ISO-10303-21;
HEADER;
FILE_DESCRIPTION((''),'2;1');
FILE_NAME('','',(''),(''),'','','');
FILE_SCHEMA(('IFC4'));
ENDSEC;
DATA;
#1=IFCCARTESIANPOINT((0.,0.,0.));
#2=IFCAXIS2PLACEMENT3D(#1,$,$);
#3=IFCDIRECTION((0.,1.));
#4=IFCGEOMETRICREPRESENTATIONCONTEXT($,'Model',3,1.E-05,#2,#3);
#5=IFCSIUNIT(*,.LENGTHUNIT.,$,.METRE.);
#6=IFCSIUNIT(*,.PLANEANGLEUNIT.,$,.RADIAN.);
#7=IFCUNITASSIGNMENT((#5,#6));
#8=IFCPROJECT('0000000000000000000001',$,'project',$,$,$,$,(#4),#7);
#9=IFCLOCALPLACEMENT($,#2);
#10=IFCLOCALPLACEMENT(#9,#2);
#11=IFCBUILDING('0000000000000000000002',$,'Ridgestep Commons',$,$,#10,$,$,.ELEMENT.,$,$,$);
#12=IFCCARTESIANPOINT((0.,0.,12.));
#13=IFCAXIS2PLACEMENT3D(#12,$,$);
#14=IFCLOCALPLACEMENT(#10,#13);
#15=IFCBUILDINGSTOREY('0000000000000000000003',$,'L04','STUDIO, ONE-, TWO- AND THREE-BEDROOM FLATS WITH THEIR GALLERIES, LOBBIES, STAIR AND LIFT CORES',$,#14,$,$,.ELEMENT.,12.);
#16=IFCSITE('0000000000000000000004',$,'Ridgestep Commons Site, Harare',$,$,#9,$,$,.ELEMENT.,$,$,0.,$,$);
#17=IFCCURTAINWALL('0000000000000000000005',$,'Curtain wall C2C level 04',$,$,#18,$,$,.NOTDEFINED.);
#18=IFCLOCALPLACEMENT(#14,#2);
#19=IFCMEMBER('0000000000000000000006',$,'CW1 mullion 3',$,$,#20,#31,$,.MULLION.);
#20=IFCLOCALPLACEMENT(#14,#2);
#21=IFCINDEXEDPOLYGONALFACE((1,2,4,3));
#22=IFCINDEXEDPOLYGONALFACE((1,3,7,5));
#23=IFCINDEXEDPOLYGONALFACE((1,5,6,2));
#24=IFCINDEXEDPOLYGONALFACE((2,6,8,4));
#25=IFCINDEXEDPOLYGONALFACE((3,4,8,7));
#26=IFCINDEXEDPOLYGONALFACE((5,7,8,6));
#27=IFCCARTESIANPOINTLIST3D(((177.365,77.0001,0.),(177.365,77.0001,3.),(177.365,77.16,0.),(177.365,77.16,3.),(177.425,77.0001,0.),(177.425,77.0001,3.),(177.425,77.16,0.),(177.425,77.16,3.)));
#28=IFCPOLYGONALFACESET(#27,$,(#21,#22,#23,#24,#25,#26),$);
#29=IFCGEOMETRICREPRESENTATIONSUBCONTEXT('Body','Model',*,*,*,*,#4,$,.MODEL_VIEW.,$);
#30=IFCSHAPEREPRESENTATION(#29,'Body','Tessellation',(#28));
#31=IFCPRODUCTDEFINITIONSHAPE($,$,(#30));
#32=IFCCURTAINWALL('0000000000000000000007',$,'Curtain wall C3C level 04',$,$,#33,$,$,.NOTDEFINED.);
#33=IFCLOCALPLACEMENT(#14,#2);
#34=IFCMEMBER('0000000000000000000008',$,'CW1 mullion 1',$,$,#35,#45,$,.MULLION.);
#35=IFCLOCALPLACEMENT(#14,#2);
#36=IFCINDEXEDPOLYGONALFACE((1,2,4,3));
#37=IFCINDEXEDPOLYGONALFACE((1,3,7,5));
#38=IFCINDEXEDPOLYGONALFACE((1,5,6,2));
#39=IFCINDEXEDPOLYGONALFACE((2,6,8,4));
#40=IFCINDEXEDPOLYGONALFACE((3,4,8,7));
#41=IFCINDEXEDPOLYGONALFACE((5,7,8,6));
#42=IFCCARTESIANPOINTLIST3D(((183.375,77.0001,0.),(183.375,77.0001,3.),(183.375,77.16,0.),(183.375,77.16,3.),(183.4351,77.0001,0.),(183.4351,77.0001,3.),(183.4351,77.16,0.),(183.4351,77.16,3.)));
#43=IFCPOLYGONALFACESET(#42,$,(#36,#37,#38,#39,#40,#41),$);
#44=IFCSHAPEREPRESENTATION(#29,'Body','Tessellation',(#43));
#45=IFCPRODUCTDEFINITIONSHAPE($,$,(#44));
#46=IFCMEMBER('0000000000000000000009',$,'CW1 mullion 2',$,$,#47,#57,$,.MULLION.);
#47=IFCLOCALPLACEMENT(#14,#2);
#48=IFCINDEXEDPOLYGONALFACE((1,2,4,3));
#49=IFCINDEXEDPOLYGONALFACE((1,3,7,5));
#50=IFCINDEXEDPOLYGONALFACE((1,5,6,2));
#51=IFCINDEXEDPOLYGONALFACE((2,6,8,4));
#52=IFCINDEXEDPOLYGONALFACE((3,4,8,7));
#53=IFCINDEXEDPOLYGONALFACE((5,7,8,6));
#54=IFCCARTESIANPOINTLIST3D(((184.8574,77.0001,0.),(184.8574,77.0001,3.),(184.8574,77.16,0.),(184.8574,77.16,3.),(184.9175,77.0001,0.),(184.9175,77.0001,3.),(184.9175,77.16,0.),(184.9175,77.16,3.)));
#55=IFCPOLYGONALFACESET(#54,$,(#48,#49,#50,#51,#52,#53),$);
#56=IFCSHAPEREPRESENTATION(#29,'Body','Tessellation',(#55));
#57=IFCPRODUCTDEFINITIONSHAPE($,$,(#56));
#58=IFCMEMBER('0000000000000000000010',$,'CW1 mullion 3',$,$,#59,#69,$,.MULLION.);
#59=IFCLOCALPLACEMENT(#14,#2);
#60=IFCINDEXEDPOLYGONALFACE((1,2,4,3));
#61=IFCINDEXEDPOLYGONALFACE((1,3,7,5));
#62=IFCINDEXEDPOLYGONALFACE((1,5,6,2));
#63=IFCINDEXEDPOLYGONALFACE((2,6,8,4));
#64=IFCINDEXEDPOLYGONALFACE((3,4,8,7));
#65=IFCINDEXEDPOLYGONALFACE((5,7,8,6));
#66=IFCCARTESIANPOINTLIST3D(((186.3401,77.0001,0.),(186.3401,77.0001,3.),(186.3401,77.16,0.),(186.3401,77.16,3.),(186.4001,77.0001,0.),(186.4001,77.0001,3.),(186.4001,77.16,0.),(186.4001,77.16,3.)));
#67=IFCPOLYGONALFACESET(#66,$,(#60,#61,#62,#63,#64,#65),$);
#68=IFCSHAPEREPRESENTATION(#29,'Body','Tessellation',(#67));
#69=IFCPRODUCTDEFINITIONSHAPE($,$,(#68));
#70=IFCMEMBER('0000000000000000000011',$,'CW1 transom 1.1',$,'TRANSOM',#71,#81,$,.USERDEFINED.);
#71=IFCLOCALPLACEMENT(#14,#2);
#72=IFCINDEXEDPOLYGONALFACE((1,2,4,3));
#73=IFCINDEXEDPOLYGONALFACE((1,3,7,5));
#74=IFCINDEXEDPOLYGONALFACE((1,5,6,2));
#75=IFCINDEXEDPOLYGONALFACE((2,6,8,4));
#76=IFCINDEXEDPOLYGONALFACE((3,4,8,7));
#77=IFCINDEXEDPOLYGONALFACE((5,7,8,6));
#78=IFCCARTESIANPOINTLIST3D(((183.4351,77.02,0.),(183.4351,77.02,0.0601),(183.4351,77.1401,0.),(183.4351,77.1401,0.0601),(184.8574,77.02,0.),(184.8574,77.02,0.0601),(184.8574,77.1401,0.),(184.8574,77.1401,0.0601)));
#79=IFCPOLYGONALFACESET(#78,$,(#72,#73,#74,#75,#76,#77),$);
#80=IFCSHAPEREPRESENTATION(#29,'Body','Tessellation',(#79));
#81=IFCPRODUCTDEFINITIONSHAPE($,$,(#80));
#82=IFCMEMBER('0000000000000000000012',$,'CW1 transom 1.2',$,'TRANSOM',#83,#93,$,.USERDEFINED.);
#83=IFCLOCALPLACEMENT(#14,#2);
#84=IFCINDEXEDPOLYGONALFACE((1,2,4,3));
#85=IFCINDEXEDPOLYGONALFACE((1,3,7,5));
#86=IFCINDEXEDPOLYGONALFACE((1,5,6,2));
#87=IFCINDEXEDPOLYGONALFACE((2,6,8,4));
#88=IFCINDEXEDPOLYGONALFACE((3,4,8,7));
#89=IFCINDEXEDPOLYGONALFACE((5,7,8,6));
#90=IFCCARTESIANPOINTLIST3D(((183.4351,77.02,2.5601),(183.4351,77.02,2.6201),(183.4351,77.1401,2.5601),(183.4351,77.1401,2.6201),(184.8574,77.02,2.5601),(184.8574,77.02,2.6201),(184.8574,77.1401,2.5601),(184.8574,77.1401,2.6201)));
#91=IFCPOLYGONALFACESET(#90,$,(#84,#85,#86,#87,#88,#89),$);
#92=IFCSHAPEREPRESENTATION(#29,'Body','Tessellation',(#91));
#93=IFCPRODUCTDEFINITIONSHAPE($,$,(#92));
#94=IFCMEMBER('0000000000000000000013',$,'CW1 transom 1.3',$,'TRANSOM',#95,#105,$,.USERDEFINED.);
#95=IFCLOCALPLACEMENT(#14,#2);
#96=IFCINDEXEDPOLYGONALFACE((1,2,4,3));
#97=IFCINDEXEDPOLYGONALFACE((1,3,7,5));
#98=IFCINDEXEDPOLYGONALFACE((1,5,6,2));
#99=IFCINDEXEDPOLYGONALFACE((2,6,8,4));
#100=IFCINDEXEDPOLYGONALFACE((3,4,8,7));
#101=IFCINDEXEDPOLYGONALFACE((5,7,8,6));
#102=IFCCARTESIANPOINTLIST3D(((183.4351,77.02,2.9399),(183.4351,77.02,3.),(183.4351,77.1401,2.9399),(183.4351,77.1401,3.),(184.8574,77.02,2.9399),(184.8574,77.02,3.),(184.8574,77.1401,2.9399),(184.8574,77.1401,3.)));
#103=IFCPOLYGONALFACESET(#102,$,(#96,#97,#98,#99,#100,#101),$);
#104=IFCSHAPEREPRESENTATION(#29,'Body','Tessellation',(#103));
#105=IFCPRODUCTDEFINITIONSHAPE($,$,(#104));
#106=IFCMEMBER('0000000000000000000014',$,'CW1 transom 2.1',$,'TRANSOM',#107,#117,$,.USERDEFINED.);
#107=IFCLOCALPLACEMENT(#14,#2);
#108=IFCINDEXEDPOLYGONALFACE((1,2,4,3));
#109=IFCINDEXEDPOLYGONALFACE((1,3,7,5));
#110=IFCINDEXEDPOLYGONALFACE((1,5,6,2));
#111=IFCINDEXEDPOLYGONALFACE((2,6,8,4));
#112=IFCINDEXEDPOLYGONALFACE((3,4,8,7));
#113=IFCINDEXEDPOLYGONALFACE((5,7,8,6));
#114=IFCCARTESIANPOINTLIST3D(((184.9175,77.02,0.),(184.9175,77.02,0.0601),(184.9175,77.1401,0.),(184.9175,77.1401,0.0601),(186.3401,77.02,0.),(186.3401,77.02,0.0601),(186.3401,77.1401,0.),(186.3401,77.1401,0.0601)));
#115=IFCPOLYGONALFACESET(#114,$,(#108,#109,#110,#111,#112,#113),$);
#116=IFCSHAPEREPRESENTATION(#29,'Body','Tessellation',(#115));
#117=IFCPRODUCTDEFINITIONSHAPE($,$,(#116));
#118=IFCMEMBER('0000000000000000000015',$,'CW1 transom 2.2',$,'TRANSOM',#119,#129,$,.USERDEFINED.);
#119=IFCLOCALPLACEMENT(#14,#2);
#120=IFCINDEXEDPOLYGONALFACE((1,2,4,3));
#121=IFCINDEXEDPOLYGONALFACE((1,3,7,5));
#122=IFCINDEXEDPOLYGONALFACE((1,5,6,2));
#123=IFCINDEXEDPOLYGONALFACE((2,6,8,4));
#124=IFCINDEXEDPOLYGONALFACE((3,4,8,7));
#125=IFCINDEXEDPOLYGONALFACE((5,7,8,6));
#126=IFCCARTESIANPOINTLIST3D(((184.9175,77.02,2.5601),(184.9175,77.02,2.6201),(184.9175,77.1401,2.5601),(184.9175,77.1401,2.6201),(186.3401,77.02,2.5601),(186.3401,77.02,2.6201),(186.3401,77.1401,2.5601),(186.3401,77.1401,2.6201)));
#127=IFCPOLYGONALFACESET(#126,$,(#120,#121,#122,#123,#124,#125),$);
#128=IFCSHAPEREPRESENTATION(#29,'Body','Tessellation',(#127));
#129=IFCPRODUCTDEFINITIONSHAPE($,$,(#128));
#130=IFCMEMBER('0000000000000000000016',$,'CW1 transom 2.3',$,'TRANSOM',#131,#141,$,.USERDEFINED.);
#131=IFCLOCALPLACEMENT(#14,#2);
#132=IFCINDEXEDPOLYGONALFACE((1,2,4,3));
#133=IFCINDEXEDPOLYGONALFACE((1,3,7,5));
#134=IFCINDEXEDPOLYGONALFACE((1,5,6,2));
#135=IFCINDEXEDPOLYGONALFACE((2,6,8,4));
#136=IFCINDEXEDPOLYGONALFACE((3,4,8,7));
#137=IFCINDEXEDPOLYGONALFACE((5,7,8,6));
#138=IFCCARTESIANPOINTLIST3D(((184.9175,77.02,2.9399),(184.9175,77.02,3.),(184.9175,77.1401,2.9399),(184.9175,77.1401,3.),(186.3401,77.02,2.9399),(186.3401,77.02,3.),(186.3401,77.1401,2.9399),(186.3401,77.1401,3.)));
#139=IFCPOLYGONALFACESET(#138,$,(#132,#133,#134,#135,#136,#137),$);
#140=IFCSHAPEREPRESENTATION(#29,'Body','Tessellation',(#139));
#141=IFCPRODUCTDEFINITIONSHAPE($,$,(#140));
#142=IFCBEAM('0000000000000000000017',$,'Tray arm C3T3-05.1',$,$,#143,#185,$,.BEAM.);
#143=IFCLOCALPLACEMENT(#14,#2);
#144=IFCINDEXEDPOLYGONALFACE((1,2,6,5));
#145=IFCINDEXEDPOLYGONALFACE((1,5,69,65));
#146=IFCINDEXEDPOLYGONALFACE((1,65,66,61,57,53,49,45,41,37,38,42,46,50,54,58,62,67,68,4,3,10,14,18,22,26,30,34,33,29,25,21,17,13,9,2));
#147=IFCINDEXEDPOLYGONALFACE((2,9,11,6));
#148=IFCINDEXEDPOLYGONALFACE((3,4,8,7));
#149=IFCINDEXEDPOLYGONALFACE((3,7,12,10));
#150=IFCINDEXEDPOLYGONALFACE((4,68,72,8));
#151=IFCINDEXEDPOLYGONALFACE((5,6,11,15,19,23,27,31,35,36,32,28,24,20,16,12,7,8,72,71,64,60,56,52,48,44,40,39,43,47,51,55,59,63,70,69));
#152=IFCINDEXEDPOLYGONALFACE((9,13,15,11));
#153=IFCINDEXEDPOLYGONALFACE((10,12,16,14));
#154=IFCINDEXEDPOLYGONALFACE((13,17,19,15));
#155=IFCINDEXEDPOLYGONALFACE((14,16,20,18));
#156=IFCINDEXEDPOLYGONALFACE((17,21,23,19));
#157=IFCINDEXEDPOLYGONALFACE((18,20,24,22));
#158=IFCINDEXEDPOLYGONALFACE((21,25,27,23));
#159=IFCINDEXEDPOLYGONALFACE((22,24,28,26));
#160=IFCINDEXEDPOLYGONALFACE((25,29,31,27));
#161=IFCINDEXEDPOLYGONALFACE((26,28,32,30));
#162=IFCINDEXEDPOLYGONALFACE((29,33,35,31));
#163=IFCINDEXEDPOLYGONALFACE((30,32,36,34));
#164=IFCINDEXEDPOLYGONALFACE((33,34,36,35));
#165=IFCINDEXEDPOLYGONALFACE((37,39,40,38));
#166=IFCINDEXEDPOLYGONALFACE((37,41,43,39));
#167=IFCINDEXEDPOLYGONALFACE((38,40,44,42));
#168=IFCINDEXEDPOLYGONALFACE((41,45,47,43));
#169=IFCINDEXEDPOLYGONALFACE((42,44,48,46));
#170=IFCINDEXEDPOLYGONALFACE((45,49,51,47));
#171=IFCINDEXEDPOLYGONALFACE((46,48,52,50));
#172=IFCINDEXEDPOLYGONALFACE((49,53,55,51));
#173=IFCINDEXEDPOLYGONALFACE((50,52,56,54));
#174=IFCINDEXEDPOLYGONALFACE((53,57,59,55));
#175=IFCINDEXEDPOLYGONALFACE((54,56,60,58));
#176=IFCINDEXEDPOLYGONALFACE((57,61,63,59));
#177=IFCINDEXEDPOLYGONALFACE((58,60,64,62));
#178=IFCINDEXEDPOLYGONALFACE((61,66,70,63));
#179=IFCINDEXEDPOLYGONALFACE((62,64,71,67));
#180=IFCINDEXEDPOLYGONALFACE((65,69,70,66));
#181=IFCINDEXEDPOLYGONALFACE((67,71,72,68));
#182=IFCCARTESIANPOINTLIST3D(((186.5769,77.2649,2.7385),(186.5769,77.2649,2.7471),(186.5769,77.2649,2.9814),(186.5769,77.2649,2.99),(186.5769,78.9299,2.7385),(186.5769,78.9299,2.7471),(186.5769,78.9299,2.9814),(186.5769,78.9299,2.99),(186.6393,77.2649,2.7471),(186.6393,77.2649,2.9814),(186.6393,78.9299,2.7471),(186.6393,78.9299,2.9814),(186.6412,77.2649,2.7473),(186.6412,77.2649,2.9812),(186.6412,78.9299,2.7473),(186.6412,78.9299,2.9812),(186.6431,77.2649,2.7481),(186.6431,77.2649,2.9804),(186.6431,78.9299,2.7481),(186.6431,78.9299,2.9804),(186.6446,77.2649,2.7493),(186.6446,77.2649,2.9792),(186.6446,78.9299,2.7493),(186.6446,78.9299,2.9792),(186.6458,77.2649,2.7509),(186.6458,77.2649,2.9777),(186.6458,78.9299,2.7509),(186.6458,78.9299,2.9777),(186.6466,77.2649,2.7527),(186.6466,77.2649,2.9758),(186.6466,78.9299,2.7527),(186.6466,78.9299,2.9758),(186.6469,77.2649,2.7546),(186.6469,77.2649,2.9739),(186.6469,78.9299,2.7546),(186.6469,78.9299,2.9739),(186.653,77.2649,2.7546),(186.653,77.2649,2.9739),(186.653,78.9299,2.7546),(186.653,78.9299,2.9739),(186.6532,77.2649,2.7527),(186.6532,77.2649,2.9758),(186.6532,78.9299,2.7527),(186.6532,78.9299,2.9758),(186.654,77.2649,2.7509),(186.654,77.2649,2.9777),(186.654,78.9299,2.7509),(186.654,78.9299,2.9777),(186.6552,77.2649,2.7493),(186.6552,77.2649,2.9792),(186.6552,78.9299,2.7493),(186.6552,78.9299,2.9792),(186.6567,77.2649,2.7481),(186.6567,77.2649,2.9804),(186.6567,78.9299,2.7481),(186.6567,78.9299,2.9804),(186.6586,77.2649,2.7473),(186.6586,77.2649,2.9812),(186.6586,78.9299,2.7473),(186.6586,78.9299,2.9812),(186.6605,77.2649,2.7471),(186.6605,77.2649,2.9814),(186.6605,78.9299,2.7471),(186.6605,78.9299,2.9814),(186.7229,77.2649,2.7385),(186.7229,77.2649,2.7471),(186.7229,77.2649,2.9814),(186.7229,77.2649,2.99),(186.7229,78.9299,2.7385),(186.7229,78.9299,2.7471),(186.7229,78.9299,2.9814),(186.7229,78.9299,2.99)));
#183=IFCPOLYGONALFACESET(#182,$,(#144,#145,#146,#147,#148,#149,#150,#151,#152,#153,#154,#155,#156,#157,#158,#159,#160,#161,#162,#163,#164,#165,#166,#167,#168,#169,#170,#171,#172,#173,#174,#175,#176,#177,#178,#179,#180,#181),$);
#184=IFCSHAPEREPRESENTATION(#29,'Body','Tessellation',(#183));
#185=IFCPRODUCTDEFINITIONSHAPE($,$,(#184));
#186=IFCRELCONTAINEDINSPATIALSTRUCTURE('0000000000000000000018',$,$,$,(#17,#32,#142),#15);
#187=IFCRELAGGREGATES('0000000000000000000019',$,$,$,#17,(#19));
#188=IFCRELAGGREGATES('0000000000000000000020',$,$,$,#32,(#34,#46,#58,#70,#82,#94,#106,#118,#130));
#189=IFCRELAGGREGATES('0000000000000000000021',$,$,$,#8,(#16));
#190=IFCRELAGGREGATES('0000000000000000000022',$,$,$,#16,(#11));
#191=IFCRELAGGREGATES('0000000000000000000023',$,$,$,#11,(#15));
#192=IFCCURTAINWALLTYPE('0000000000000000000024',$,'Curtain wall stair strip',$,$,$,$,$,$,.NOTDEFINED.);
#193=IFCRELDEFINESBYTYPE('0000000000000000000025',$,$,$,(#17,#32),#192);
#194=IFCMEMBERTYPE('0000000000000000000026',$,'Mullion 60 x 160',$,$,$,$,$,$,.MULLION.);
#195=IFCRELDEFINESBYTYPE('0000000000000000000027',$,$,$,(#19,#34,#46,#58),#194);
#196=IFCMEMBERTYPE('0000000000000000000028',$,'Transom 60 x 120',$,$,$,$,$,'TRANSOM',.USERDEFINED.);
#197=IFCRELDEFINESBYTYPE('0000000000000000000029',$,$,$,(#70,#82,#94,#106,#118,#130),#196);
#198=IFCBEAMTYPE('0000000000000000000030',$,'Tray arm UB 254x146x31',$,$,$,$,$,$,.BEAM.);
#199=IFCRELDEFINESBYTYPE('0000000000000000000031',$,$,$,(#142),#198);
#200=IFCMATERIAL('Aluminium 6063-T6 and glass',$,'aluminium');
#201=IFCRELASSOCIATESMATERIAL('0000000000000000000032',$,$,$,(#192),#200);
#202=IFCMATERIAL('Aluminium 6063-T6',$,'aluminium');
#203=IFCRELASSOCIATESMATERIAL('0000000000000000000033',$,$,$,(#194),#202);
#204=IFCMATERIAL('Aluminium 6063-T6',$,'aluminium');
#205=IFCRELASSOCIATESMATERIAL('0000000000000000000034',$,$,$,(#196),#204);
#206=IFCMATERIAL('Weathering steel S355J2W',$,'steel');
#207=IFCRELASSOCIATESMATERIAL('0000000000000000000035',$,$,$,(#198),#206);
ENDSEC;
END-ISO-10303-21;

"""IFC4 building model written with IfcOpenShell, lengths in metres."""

from ifc_helpers import new_model, si_unit, direction, frame, origin, origin_2d, place, context, subcontext, project, spatial, rectangle, i_section, extrude, material, material_profile, profile_set, type_object, element, aggregate, save


model = new_model("IFC4")

# Units and contexts
model_context = context("Model", 3, precision=1e-05, world=origin(), true_north=direction((0.0, 1.0)))
body_context = subcontext(model_context, "Body", "Model", "MODEL_VIEW")
ifc_project = project(units=[si_unit("LENGTHUNIT", "METRE"), si_unit("PLANEANGLEUNIT", "RADIAN")], contexts=[model_context])

# Site, building, storey
site_placement = place(None, origin())
site = spatial("IfcSite", under=ifc_project, at=site_placement, Name="Ridgestep Commons Site, Harare", CompositionType="ELEMENT", RefElevation=0.0)
building_placement = place(site_placement, origin())
building = spatial("IfcBuilding", under=site, at=building_placement, Name="Ridgestep Commons", CompositionType="ELEMENT")
storey_placement = place(building_placement, frame((0.0, 0.0, 12.0)))
storey = spatial("IfcBuildingStorey", under=building, at=storey_placement, Name="L04", Description="STUDIO, ONE-, TWO- AND THREE-BEDROOM FLATS WITH THEIR GALLERIES, LOBBIES, STAIR AND LIFT CORES", CompositionType="ELEMENT", Elevation=12.0)

# Curtain wall, member
ifc_material_1 = material(Name="Aluminium 6063-T6 and glass", Category="aluminium")
curtain_wall_type = type_object("IfcCurtainWallType", Name="Curtain wall stair strip", PredefinedType="NOTDEFINED", material=ifc_material_1)
curtain_wall_1_placement = place(storey_placement, origin())
curtain_wall_1 = element("IfcCurtainWall", 1, at=curtain_wall_1_placement, inside=storey, type_object=curtain_wall_type, Name="Curtain wall C2C level 04", PredefinedType="NOTDEFINED")
ifc_material_2 = material(Name="Aluminium 6063-T6", Category="aluminium")
ifc_material_profile_1 = material_profile(ifc_material_2, rectangle(XDim=0.1599, YDim=0.0601, at=origin_2d()), Name="Mullion 60 x 160")
ifc_profile_set_1 = profile_set([ifc_material_profile_1], Name="Aluminium 6063-T6")
member_type_1 = type_object("IfcMemberType", Name="Mullion 60 x 160", PredefinedType="MULLION", material=ifc_profile_set_1)
member_1_placement = place(storey_placement, frame((177.395, 77.0801, 0.0), z_axis=(0.0, 0.0, 1.0), x_axis=(0.0, 1.0, 0.0)))
member_1 = element("IfcMember", 2, at=member_1_placement, type_object=member_type_1, Name="CW1 mullion 3", PredefinedType="MULLION", context=body_context, shape_type="SweptSolid", body=[
    extrude(rectangle(XDim=0.1599, YDim=0.0601, at=origin_2d()), origin(), (0.0, 0.0, 1.0), 3.0),
])
aggregate(curtain_wall_1, [member_1])

# Curtain wall, members
curtain_wall_2_placement = place(storey_placement, origin())
curtain_wall_2 = element("IfcCurtainWall", 3, at=curtain_wall_2_placement, inside=storey, type_object=curtain_wall_type, Name="Curtain wall C3C level 04", PredefinedType="NOTDEFINED")
member_2_placement = place(storey_placement, frame((183.405, 77.0801, 0.0), z_axis=(0.0, 0.0, 1.0), x_axis=(0.0, 1.0, 0.0)))
member_2 = element("IfcMember", 4, at=member_2_placement, type_object=member_type_1, Name="CW1 mullion 1", PredefinedType="MULLION", context=body_context, shape_type="SweptSolid", body=[
    extrude(rectangle(XDim=0.1599, YDim=0.0601, at=origin_2d()), origin(), (0.0, 0.0, 1.0), 3.0),
])
member_3_placement = place(storey_placement, frame((184.8875, 77.0801, 0.0), z_axis=(0.0, 0.0, 1.0), x_axis=(0.0, 1.0, 0.0)))
member_3 = element("IfcMember", 5, at=member_3_placement, type_object=member_type_1, Name="CW1 mullion 2", PredefinedType="MULLION", context=body_context, shape_type="SweptSolid", body=[
    extrude(rectangle(XDim=0.1599, YDim=0.0601, at=origin_2d()), origin(), (0.0, 0.0, 1.0), 3.0),
])
member_4_placement = place(storey_placement, frame((186.3701, 77.0801, 0.0), z_axis=(0.0, 0.0, 1.0), x_axis=(0.0, 1.0, 0.0)))
member_4 = element("IfcMember", 6, at=member_4_placement, type_object=member_type_1, Name="CW1 mullion 3", PredefinedType="MULLION", context=body_context, shape_type="SweptSolid", body=[
    extrude(rectangle(XDim=0.1599, YDim=0.0601, at=origin_2d()), origin(), (0.0, 0.0, 1.0), 3.0),
])
ifc_material_3 = material(Name="Aluminium 6063-T6", Category="aluminium")
ifc_material_profile_2 = material_profile(ifc_material_3, rectangle(XDim=0.1201, YDim=0.0601, at=origin_2d()), Name="Transom 60 x 120")
ifc_profile_set_2 = profile_set([ifc_material_profile_2], Name="Aluminium 6063-T6")
member_type_2 = type_object("IfcMemberType", Name="Transom 60 x 120", ElementType="TRANSOM", PredefinedType="USERDEFINED", material=ifc_profile_set_2)
member_5_placement = place(storey_placement, frame((183.4351, 77.0801, 0.03), z_axis=(1.0, 0.0, 0.0), x_axis=(0.0, 1.0, 0.0)))
member_5 = element("IfcMember", 7, at=member_5_placement, type_object=member_type_2, Name="CW1 transom 1.1", ObjectType="TRANSOM", PredefinedType="USERDEFINED", context=body_context, shape_type="SweptSolid", body=[
    extrude(rectangle(XDim=0.1201, YDim=0.0601, at=origin_2d()), origin(), (0.0, 0.0, 1.0), 1.4224),
])
member_6_placement = place(storey_placement, frame((183.4351, 77.0801, 2.5901), z_axis=(1.0, 0.0, 0.0), x_axis=(0.0, 1.0, 0.0)))
member_6 = element("IfcMember", 8, at=member_6_placement, type_object=member_type_2, Name="CW1 transom 1.2", ObjectType="TRANSOM", PredefinedType="USERDEFINED", context=body_context, shape_type="SweptSolid", body=[
    extrude(rectangle(XDim=0.1201, YDim=0.0601, at=origin_2d()), origin(), (0.0, 0.0, 1.0), 1.4224),
])
member_7_placement = place(storey_placement, frame((183.4351, 77.0801, 2.97), z_axis=(1.0, 0.0, 0.0), x_axis=(0.0, 1.0, 0.0)))
member_7 = element("IfcMember", 9, at=member_7_placement, type_object=member_type_2, Name="CW1 transom 1.3", ObjectType="TRANSOM", PredefinedType="USERDEFINED", context=body_context, shape_type="SweptSolid", body=[
    extrude(rectangle(XDim=0.1201, YDim=0.0601, at=origin_2d()), origin(), (0.0, 0.0, 1.0), 1.4224),
])
member_8_placement = place(storey_placement, frame((184.9175, 77.0801, 0.03), z_axis=(1.0, 0.0, 0.0), x_axis=(0.0, 1.0, 0.0)))
member_8 = element("IfcMember", 10, at=member_8_placement, type_object=member_type_2, Name="CW1 transom 2.1", ObjectType="TRANSOM", PredefinedType="USERDEFINED", context=body_context, shape_type="SweptSolid", body=[
    extrude(rectangle(XDim=0.1201, YDim=0.0601, at=origin_2d()), origin(), (0.0, 0.0, 1.0), 1.4226),
])
member_9_placement = place(storey_placement, frame((184.9175, 77.0801, 2.5901), z_axis=(1.0, 0.0, 0.0), x_axis=(0.0, 1.0, 0.0)))
member_9 = element("IfcMember", 11, at=member_9_placement, type_object=member_type_2, Name="CW1 transom 2.2", ObjectType="TRANSOM", PredefinedType="USERDEFINED", context=body_context, shape_type="SweptSolid", body=[
    extrude(rectangle(XDim=0.1201, YDim=0.0601, at=origin_2d()), origin(), (0.0, 0.0, 1.0), 1.4226),
])
member_10_placement = place(storey_placement, frame((184.9175, 77.0801, 2.97), z_axis=(1.0, 0.0, 0.0), x_axis=(0.0, 1.0, 0.0)))
member_10 = element("IfcMember", 12, at=member_10_placement, type_object=member_type_2, Name="CW1 transom 2.3", ObjectType="TRANSOM", PredefinedType="USERDEFINED", context=body_context, shape_type="SweptSolid", body=[
    extrude(rectangle(XDim=0.1201, YDim=0.0601, at=origin_2d()), origin(), (0.0, 0.0, 1.0), 1.4226),
])

# Beam
ifc_material_4 = material(Name="Weathering steel S355J2W", Category="steel")
ifc_material_profile_3 = material_profile(ifc_material_4, i_section(OverallWidth=0.146, OverallDepth=0.2515, WebThickness=0.0061, FlangeThickness=0.0085, FilletRadius=0.0076, at=origin_2d()), Name="UB 254x146x31")
ifc_profile_set_3 = profile_set([ifc_material_profile_3], Name="Weathering steel S355J2W")
beam_type_1 = type_object("IfcBeamType", Name="Tray arm UB 254x146x31", PredefinedType="BEAM", material=ifc_profile_set_3)
beam_1_placement = place(storey_placement, frame((186.6499, 77.2649, 2.8643), z_axis=(0.0, 1.0, 0.0), x_axis=(-1.0, 0.0, 0.0)))
element("IfcBeam", 13, at=beam_1_placement, inside=storey, type_object=beam_type_1, Name="Tray arm C3T3-05.1", PredefinedType="BEAM", context=body_context, shape_type="SweptSolid", body=[
    extrude(i_section(OverallWidth=0.146, OverallDepth=0.2515, WebThickness=0.0061, FlangeThickness=0.0085, FilletRadius=0.0076, at=origin_2d()), origin(), (0.0, 0.0, 1.0), 1.665),
])

aggregate(curtain_wall_2, [member_2, member_3, member_4, member_5, member_6, member_7, member_8, member_9, member_10])

save(model, "model.ifc")
